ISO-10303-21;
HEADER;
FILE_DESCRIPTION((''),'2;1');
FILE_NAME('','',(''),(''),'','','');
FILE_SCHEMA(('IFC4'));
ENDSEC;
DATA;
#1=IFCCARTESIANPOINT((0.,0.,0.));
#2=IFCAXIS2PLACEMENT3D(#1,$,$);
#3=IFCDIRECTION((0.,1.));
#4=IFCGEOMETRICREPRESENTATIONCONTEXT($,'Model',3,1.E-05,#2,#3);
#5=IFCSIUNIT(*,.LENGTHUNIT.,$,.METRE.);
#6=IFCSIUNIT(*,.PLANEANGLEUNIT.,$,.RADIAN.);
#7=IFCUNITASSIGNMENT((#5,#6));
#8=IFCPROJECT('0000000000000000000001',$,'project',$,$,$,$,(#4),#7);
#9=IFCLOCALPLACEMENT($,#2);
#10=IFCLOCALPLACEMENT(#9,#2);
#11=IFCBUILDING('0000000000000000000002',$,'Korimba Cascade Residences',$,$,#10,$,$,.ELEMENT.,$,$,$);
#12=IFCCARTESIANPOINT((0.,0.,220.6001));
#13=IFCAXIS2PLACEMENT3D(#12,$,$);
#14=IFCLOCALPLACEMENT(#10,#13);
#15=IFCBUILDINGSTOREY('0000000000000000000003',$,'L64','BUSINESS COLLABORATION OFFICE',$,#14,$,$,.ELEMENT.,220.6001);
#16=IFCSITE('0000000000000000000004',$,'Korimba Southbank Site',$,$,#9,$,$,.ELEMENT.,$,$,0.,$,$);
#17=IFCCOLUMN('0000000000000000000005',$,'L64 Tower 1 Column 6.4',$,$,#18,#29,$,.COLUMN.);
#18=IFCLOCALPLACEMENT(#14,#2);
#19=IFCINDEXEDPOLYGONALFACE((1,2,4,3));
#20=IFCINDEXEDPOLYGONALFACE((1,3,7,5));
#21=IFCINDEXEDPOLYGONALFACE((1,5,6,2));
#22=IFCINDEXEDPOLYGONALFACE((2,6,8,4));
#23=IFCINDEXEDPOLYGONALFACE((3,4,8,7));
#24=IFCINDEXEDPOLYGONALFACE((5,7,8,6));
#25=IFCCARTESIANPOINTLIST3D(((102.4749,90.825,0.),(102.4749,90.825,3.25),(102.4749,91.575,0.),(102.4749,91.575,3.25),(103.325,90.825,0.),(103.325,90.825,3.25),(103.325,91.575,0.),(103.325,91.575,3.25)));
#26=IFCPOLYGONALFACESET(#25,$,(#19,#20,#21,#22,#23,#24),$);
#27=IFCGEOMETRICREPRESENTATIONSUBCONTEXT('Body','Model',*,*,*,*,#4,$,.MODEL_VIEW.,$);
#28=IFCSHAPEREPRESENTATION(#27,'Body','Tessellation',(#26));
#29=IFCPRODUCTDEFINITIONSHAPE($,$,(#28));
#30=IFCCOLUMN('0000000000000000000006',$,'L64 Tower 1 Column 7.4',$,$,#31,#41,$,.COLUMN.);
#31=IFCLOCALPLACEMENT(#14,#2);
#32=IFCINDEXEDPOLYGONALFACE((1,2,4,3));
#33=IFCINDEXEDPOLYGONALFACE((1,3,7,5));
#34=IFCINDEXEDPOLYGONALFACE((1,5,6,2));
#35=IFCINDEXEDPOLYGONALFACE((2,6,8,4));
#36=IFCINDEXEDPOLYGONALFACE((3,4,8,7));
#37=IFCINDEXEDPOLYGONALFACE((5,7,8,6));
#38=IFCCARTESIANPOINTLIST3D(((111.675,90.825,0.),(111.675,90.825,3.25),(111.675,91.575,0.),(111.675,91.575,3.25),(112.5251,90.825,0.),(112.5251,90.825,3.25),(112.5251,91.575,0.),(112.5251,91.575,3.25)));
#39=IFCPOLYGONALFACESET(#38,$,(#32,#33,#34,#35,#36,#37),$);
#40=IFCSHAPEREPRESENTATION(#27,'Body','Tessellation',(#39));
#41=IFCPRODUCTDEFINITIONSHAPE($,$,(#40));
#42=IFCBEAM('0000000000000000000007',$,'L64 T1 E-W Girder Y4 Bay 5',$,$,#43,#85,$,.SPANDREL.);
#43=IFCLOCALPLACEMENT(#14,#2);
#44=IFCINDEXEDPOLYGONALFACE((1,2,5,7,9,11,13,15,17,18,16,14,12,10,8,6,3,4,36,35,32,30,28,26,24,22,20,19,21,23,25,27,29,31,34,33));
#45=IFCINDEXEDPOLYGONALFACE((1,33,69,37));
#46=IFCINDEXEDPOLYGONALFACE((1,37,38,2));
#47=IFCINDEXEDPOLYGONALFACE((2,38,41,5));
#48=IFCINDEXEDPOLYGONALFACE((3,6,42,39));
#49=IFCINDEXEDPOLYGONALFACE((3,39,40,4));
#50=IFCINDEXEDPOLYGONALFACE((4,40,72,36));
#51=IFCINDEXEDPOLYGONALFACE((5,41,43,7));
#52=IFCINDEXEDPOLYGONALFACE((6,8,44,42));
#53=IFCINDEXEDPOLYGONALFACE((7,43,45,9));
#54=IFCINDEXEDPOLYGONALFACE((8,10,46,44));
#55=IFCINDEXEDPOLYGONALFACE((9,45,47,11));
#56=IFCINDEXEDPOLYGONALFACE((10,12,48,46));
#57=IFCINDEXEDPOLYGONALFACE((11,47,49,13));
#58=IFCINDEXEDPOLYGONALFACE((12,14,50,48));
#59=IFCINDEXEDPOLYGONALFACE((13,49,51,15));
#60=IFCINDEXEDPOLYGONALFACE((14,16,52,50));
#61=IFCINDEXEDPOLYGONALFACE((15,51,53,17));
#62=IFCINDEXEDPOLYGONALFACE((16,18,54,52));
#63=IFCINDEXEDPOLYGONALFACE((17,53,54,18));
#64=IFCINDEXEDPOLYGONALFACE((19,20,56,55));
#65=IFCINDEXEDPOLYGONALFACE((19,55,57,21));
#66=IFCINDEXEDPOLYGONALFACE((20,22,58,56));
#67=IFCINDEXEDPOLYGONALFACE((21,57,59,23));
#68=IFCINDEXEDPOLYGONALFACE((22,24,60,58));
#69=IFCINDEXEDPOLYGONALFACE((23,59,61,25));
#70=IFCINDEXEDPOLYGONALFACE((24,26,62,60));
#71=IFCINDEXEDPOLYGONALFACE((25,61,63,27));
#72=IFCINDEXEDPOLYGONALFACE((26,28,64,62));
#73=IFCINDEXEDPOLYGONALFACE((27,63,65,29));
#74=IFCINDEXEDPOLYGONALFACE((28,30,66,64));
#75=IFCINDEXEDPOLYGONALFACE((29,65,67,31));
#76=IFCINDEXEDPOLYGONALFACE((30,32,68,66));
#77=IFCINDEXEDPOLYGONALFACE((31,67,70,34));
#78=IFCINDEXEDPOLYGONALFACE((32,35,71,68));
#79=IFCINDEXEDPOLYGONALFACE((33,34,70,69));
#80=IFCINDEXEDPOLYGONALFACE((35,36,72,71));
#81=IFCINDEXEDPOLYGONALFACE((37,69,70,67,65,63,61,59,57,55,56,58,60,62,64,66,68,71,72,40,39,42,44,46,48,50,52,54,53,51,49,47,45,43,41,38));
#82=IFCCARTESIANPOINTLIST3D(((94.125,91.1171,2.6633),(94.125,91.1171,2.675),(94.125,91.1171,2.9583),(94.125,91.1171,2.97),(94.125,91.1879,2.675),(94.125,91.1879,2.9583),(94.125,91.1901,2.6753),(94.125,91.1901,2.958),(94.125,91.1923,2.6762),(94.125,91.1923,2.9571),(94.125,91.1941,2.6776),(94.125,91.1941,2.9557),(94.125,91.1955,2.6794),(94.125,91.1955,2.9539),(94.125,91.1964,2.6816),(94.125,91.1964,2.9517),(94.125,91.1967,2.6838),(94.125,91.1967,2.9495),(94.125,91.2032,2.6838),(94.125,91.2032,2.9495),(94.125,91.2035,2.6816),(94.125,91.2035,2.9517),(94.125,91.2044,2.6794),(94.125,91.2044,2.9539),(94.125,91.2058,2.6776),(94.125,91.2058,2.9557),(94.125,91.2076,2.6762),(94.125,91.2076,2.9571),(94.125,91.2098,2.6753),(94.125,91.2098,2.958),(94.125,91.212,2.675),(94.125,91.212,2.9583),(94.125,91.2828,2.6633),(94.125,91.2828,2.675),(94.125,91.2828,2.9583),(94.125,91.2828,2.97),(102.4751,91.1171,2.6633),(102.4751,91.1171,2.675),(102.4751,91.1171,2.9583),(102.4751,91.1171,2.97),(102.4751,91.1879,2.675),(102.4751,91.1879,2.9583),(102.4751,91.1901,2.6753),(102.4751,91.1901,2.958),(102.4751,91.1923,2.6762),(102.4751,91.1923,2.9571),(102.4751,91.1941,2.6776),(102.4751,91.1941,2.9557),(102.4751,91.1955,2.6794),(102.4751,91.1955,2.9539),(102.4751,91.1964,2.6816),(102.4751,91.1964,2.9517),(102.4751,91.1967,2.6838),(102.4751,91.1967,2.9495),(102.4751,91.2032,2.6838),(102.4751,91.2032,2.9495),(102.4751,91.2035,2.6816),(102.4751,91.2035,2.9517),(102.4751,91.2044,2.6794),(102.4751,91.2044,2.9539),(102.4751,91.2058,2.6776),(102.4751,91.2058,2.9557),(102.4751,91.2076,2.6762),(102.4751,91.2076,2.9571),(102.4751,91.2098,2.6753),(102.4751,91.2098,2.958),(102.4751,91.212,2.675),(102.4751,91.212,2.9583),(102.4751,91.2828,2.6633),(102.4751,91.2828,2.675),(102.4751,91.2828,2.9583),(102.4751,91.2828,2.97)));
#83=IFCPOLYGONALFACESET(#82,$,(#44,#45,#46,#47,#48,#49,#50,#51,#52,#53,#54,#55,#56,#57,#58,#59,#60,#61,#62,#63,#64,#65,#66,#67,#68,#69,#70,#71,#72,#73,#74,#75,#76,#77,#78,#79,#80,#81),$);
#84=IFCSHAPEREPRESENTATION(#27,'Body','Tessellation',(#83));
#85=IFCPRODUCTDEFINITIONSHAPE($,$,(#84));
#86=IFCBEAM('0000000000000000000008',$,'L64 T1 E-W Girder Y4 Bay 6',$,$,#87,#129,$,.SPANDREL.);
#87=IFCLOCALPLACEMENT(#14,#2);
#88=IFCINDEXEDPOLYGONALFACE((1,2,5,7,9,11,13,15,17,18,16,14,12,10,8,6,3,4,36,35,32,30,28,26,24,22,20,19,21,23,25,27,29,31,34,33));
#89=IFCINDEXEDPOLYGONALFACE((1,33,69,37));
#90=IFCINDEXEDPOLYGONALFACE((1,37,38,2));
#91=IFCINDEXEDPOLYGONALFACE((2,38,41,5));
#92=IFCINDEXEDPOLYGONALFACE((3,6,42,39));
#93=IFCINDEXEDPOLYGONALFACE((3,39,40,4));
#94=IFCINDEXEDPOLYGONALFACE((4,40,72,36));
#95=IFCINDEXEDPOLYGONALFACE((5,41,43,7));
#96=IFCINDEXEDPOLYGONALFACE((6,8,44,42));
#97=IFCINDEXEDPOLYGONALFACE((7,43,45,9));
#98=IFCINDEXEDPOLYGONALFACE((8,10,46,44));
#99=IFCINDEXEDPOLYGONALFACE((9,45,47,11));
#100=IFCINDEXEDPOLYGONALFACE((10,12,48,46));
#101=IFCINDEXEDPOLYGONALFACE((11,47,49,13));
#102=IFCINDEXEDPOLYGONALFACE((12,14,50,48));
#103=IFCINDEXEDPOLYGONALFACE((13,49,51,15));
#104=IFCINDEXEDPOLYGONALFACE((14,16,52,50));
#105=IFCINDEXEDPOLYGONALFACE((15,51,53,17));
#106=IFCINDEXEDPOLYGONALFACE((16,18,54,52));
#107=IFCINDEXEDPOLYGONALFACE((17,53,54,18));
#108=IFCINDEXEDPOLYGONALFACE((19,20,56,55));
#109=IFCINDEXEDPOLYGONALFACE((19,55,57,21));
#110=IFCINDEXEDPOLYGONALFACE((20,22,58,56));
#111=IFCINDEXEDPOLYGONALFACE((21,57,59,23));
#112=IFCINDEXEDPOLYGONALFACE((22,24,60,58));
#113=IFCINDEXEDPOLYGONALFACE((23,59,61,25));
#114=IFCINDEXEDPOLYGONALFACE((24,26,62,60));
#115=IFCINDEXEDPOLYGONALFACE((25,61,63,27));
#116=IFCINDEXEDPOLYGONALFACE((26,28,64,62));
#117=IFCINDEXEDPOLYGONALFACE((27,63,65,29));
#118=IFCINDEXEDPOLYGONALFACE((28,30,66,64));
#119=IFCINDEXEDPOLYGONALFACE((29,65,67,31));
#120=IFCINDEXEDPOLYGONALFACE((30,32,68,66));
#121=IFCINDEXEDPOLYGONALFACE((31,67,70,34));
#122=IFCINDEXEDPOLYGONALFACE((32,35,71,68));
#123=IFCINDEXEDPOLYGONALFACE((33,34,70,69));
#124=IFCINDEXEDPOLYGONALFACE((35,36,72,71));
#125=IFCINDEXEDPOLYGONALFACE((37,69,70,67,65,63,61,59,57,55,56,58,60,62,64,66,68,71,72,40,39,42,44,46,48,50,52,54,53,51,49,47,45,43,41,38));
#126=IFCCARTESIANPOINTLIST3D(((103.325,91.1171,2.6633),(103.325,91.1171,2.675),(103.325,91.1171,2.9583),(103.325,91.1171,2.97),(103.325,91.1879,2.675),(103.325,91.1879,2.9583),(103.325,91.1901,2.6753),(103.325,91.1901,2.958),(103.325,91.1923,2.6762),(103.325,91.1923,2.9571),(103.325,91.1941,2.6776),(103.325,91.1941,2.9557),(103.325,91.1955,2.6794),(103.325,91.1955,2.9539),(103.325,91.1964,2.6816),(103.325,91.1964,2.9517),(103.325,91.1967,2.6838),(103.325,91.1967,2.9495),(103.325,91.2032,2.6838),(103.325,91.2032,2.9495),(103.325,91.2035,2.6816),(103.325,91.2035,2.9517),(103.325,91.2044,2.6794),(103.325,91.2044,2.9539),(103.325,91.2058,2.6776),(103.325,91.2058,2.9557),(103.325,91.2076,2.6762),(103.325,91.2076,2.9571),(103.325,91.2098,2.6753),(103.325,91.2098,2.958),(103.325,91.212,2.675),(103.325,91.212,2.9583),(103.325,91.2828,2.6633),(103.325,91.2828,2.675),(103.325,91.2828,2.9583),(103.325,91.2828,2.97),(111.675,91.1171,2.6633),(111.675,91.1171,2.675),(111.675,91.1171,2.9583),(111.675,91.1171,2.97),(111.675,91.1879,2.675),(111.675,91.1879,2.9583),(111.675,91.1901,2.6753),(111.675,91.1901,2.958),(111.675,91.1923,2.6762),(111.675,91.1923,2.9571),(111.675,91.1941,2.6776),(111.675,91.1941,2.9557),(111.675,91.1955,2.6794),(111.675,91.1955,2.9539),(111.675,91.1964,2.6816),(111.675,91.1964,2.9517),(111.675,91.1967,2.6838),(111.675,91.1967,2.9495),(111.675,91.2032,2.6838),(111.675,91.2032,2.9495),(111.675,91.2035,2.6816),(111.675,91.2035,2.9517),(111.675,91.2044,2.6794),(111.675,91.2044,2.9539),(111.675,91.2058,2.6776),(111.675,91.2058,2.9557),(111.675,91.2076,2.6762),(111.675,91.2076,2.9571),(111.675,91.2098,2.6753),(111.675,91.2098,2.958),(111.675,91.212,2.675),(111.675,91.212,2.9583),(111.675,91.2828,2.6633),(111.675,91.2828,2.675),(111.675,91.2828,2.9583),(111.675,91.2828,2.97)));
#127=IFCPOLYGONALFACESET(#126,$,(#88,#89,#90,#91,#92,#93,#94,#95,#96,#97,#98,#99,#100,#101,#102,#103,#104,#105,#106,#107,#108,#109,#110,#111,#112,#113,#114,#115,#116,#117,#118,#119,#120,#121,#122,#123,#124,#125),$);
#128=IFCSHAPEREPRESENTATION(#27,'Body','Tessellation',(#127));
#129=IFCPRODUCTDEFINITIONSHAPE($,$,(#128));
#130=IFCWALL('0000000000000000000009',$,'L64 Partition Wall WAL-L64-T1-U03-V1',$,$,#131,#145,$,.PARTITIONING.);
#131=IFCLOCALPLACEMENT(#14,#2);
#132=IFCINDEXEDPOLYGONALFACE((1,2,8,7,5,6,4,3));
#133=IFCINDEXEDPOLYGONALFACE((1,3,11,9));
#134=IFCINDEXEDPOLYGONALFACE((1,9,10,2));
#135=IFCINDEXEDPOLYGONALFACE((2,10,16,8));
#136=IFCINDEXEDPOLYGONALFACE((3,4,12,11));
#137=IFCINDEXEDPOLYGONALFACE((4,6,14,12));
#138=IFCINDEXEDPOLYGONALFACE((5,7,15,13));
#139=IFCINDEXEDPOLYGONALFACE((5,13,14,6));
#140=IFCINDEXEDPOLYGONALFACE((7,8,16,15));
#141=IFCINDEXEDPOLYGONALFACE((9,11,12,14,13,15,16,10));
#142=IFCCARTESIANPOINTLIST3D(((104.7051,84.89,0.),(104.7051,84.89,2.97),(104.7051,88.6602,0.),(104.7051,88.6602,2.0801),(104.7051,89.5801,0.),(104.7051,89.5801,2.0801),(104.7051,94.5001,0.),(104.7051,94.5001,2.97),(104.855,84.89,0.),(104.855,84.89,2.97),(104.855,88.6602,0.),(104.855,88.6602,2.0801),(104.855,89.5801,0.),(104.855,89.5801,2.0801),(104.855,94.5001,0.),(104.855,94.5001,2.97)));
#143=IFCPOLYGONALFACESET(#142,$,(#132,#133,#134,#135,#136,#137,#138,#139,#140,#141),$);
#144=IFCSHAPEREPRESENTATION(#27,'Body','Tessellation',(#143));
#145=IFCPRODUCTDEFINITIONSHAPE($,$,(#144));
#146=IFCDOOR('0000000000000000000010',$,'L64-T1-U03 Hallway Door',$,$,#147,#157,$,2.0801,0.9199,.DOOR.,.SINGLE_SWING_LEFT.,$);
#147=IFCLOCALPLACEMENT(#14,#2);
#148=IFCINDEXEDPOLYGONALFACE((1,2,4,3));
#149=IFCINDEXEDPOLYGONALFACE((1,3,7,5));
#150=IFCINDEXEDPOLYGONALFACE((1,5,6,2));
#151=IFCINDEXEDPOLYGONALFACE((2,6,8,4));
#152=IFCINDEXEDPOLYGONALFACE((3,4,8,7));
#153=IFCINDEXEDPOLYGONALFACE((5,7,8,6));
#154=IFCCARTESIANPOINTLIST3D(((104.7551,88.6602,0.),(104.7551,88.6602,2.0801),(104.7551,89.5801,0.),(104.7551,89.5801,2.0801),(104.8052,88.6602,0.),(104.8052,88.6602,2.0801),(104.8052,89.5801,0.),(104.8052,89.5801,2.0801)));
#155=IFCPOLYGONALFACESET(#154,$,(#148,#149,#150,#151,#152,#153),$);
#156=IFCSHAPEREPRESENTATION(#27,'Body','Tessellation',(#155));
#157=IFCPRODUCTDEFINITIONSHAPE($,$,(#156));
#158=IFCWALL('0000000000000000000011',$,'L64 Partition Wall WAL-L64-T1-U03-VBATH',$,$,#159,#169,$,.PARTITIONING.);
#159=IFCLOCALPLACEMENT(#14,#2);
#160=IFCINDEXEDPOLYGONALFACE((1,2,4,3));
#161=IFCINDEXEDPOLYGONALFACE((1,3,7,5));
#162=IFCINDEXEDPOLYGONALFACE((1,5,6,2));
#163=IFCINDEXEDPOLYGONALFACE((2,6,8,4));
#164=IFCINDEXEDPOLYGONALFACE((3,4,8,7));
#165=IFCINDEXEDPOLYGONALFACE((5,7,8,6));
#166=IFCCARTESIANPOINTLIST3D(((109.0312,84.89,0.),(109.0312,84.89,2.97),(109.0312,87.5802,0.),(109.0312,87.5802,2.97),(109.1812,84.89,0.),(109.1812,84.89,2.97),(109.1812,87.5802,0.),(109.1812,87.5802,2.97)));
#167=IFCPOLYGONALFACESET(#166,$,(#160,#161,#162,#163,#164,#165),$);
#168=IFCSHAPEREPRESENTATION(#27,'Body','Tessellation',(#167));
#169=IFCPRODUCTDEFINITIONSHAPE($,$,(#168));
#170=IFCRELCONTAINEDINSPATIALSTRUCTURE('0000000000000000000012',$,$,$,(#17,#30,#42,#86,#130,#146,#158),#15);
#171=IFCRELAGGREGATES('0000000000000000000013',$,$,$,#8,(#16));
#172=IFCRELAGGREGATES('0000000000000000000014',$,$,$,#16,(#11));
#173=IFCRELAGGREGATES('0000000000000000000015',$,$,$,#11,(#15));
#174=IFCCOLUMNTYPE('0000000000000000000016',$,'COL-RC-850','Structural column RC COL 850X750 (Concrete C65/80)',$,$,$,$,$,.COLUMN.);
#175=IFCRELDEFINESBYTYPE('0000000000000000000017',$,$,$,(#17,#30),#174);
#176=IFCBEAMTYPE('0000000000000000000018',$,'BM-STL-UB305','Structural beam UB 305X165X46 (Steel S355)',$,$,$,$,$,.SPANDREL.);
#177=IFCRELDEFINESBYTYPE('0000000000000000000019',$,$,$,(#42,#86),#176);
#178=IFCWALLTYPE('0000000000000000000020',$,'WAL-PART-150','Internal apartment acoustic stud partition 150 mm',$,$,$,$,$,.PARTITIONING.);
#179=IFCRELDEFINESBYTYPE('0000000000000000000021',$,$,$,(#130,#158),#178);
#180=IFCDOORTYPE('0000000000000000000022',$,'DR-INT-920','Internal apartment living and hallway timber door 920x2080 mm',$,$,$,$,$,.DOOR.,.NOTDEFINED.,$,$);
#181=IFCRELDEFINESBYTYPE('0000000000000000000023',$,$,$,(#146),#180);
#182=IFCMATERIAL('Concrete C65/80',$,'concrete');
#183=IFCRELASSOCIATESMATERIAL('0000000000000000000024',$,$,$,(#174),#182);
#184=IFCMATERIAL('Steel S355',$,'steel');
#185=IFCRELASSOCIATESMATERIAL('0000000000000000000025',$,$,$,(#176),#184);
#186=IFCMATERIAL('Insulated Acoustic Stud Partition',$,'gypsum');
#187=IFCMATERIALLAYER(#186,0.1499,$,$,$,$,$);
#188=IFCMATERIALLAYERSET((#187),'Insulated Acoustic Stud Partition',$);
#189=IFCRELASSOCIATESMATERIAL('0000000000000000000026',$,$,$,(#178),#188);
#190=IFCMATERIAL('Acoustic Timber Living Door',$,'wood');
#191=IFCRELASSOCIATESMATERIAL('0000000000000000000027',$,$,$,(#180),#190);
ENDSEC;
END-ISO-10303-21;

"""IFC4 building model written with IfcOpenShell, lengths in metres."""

from ifc_helpers import new_model, si_unit, direction, frame, frame_2d, origin, origin_2d, place, context, subcontext, project, spatial, rectangle, i_section, extrude, material, layer, layer_set, material_profile, profile_set, type_object, element, fill, save


model = new_model("IFC4")

# Units and contexts
model_context = context("Model", 3, precision=1e-05, world=origin(), true_north=direction((0.0, 1.0)))
body_context = subcontext(model_context, "Body", "Model", "MODEL_VIEW")
ifc_project = project(units=[si_unit("LENGTHUNIT", "METRE"), si_unit("PLANEANGLEUNIT", "RADIAN")], contexts=[model_context])

# Site, building, storey
site_placement = place(None, origin())
site = spatial("IfcSite", under=ifc_project, at=site_placement, Name="Korimba Southbank Site", CompositionType="ELEMENT", RefElevation=0.0)
building_placement = place(site_placement, origin())
building = spatial("IfcBuilding", under=site, at=building_placement, Name="Korimba Cascade Residences", CompositionType="ELEMENT")
storey_placement = place(building_placement, frame((0.0, 0.0, 220.6001)))
storey = spatial("IfcBuildingStorey", under=building, at=storey_placement, Name="L64", Description="BUSINESS COLLABORATION OFFICE", CompositionType="ELEMENT", Elevation=220.6001)

# Columns
ifc_material_1 = material(Name="Concrete C65/80", Category="concrete")
ifc_material_profile_1 = material_profile(ifc_material_1, rectangle(XDim=0.8501, YDim=0.75, at=origin_2d()), Name="Concrete C65/80")
ifc_profile_set_1 = profile_set([ifc_material_profile_1], Name="Concrete C65/80")
column_type = type_object("IfcColumnType", Name="COL-RC-850", Description="Structural column RC COL 850X750 (Concrete C65/80)", PredefinedType="COLUMN", material=ifc_profile_set_1)
for number, where, z_axis, x_axis, name in (
    (1, (102.8999, 91.2, 0.0), (0.0, 0.0, 1.0), (1.0, 0.0, 0.0), "L64 Tower 1 Column 6.4"),
    (2, (112.1001, 91.2, 0.0), (0.0, 0.0, 1.0), (1.0, 0.0, 0.0), "L64 Tower 1 Column 7.4"),
):
    element("IfcColumn", number, at=place(storey_placement, frame(where, z_axis=z_axis, x_axis=x_axis)), inside=storey, type_object=column_type, Name=name, PredefinedType="COLUMN", context=body_context, shape_type="SweptSolid", body=[
        extrude(rectangle(XDim=0.8501, YDim=0.75, at=origin_2d()), origin(), (0.0, 0.0, 1.0), 3.25),
    ])

# Beams
ifc_material_2 = material(Name="Steel S355", Category="steel")
ifc_material_profile_2 = material_profile(ifc_material_2, i_section(OverallWidth=0.1658, OverallDepth=0.3066, WebThickness=0.0066, FlangeThickness=0.0117, FilletRadius=0.0088, at=origin_2d()), Name="Steel S355")
ifc_profile_set_2 = profile_set([ifc_material_profile_2], Name="Steel S355")
beam_type = type_object("IfcBeamType", Name="BM-STL-UB305", Description="Structural beam UB 305X165X46 (Steel S355)", PredefinedType="SPANDREL", material=ifc_profile_set_2)
for number, where, z_axis, x_axis, name in (
    (3, (94.125, 91.2, 2.8167), (1.0, 0.0, 0.0), (0.0, 1.0, 0.0), "L64 T1 E-W Girder Y4 Bay 5"),
    (4, (103.325, 91.2, 2.8167), (1.0, 0.0, 0.0), (0.0, 1.0, 0.0), "L64 T1 E-W Girder Y4 Bay 6"),
):
    element("IfcBeam", number, at=place(storey_placement, frame(where, z_axis=z_axis, x_axis=x_axis)), inside=storey, type_object=beam_type, Name=name, PredefinedType="SPANDREL", context=body_context, shape_type="SweptSolid", body=[
        extrude(i_section(OverallWidth=0.1658, OverallDepth=0.3066, WebThickness=0.0066, FlangeThickness=0.0117, FilletRadius=0.0088, at=origin_2d()), origin(), (0.0, 0.0, 1.0), 8.3501),
    ])

# Wall, opening, door
ifc_material_3 = material(Name="Insulated Acoustic Stud Partition", Category="gypsum")
ifc_layer = layer(ifc_material_3, 0.1499)
ifc_layer_set = layer_set([ifc_layer], Name="Insulated Acoustic Stud Partition")
wall_type = type_object("IfcWallType", Name="WAL-PART-150", Description="Internal apartment acoustic stud partition 150 mm", PredefinedType="PARTITIONING", material=ifc_layer_set)
wall_1_placement = place(storey_placement, frame((104.78, 84.8899, 0.0), z_axis=(0.0, 0.0, 1.0), x_axis=(0.0, 1.0, 0.0)))
wall_1 = element("IfcWall", 5, at=wall_1_placement, inside=storey, type_object=wall_type, Name="L64 Partition Wall WAL-L64-T1-U03-V1", PredefinedType="PARTITIONING", context=body_context, shape_type="SweptSolid", body=[
    extrude(rectangle(XDim=9.6101, YDim=0.1499, at=frame_2d((4.8052, 0.0))), origin(), (0.0, 0.0, 1.0), 2.97),
])
opening_1_placement = place(wall_1_placement, frame((3.7703, 0.0, 0.0)))
opening_1 = element("IfcOpeningElement", 6, at=opening_1_placement, cuts=wall_1, PredefinedType="OPENING", context=body_context, shape_type="SweptSolid", body=[
    extrude(rectangle(XDim=0.9199, YDim=2.0801, at=frame_2d((0.46, 1.04))), frame((0.0, 0.085, 0.0), z_axis=(0.0, -1.0, 0.0), x_axis=(1.0, 0.0, 0.0)), (0.0, 0.0, 1.0), 0.1699),
])
ifc_material_4 = material(Name="Acoustic Timber Living Door", Category="wood")
door_type_1 = type_object("IfcDoorType", Name="DR-INT-920", Description="Internal apartment living and hallway timber door 920x2080 mm", OperationType="NOTDEFINED", PredefinedType="DOOR", material=ifc_material_4)
door_1_placement = place(opening_1_placement, origin())
door_1 = element("IfcDoor", 7, at=door_1_placement, inside=storey, type_object=door_type_1, Name="L64-T1-U03 Hallway Door", OperationType="SINGLE_SWING_LEFT", OverallHeight=2.0801, OverallWidth=0.9199, PredefinedType="DOOR", context=body_context, shape_type="SweptSolid", body=[
    extrude(rectangle(XDim=0.9199, YDim=2.0801, at=frame_2d((0.46, 1.04))), frame((0.0, 0.0249, 0.0), z_axis=(0.0, -1.0, 0.0), x_axis=(1.0, 0.0, 0.0)), (0.0, 0.0, 1.0), 0.05),
])
fill(opening_1, door_1)

# Wall
wall_2_placement = place(storey_placement, frame((109.1062, 84.8899, 0.0), z_axis=(0.0, 0.0, 1.0), x_axis=(0.0, 1.0, 0.0)))
element("IfcWall", 8, at=wall_2_placement, inside=storey, type_object=wall_type, Name="L64 Partition Wall WAL-L64-T1-U03-VBATH", PredefinedType="PARTITIONING", context=body_context, shape_type="SweptSolid", body=[
    extrude(rectangle(XDim=2.6902, YDim=0.1499, at=frame_2d((1.3452, 0.0))), origin(), (0.0, 0.0, 1.0), 2.97),
])

save(model, "model.ifc")
